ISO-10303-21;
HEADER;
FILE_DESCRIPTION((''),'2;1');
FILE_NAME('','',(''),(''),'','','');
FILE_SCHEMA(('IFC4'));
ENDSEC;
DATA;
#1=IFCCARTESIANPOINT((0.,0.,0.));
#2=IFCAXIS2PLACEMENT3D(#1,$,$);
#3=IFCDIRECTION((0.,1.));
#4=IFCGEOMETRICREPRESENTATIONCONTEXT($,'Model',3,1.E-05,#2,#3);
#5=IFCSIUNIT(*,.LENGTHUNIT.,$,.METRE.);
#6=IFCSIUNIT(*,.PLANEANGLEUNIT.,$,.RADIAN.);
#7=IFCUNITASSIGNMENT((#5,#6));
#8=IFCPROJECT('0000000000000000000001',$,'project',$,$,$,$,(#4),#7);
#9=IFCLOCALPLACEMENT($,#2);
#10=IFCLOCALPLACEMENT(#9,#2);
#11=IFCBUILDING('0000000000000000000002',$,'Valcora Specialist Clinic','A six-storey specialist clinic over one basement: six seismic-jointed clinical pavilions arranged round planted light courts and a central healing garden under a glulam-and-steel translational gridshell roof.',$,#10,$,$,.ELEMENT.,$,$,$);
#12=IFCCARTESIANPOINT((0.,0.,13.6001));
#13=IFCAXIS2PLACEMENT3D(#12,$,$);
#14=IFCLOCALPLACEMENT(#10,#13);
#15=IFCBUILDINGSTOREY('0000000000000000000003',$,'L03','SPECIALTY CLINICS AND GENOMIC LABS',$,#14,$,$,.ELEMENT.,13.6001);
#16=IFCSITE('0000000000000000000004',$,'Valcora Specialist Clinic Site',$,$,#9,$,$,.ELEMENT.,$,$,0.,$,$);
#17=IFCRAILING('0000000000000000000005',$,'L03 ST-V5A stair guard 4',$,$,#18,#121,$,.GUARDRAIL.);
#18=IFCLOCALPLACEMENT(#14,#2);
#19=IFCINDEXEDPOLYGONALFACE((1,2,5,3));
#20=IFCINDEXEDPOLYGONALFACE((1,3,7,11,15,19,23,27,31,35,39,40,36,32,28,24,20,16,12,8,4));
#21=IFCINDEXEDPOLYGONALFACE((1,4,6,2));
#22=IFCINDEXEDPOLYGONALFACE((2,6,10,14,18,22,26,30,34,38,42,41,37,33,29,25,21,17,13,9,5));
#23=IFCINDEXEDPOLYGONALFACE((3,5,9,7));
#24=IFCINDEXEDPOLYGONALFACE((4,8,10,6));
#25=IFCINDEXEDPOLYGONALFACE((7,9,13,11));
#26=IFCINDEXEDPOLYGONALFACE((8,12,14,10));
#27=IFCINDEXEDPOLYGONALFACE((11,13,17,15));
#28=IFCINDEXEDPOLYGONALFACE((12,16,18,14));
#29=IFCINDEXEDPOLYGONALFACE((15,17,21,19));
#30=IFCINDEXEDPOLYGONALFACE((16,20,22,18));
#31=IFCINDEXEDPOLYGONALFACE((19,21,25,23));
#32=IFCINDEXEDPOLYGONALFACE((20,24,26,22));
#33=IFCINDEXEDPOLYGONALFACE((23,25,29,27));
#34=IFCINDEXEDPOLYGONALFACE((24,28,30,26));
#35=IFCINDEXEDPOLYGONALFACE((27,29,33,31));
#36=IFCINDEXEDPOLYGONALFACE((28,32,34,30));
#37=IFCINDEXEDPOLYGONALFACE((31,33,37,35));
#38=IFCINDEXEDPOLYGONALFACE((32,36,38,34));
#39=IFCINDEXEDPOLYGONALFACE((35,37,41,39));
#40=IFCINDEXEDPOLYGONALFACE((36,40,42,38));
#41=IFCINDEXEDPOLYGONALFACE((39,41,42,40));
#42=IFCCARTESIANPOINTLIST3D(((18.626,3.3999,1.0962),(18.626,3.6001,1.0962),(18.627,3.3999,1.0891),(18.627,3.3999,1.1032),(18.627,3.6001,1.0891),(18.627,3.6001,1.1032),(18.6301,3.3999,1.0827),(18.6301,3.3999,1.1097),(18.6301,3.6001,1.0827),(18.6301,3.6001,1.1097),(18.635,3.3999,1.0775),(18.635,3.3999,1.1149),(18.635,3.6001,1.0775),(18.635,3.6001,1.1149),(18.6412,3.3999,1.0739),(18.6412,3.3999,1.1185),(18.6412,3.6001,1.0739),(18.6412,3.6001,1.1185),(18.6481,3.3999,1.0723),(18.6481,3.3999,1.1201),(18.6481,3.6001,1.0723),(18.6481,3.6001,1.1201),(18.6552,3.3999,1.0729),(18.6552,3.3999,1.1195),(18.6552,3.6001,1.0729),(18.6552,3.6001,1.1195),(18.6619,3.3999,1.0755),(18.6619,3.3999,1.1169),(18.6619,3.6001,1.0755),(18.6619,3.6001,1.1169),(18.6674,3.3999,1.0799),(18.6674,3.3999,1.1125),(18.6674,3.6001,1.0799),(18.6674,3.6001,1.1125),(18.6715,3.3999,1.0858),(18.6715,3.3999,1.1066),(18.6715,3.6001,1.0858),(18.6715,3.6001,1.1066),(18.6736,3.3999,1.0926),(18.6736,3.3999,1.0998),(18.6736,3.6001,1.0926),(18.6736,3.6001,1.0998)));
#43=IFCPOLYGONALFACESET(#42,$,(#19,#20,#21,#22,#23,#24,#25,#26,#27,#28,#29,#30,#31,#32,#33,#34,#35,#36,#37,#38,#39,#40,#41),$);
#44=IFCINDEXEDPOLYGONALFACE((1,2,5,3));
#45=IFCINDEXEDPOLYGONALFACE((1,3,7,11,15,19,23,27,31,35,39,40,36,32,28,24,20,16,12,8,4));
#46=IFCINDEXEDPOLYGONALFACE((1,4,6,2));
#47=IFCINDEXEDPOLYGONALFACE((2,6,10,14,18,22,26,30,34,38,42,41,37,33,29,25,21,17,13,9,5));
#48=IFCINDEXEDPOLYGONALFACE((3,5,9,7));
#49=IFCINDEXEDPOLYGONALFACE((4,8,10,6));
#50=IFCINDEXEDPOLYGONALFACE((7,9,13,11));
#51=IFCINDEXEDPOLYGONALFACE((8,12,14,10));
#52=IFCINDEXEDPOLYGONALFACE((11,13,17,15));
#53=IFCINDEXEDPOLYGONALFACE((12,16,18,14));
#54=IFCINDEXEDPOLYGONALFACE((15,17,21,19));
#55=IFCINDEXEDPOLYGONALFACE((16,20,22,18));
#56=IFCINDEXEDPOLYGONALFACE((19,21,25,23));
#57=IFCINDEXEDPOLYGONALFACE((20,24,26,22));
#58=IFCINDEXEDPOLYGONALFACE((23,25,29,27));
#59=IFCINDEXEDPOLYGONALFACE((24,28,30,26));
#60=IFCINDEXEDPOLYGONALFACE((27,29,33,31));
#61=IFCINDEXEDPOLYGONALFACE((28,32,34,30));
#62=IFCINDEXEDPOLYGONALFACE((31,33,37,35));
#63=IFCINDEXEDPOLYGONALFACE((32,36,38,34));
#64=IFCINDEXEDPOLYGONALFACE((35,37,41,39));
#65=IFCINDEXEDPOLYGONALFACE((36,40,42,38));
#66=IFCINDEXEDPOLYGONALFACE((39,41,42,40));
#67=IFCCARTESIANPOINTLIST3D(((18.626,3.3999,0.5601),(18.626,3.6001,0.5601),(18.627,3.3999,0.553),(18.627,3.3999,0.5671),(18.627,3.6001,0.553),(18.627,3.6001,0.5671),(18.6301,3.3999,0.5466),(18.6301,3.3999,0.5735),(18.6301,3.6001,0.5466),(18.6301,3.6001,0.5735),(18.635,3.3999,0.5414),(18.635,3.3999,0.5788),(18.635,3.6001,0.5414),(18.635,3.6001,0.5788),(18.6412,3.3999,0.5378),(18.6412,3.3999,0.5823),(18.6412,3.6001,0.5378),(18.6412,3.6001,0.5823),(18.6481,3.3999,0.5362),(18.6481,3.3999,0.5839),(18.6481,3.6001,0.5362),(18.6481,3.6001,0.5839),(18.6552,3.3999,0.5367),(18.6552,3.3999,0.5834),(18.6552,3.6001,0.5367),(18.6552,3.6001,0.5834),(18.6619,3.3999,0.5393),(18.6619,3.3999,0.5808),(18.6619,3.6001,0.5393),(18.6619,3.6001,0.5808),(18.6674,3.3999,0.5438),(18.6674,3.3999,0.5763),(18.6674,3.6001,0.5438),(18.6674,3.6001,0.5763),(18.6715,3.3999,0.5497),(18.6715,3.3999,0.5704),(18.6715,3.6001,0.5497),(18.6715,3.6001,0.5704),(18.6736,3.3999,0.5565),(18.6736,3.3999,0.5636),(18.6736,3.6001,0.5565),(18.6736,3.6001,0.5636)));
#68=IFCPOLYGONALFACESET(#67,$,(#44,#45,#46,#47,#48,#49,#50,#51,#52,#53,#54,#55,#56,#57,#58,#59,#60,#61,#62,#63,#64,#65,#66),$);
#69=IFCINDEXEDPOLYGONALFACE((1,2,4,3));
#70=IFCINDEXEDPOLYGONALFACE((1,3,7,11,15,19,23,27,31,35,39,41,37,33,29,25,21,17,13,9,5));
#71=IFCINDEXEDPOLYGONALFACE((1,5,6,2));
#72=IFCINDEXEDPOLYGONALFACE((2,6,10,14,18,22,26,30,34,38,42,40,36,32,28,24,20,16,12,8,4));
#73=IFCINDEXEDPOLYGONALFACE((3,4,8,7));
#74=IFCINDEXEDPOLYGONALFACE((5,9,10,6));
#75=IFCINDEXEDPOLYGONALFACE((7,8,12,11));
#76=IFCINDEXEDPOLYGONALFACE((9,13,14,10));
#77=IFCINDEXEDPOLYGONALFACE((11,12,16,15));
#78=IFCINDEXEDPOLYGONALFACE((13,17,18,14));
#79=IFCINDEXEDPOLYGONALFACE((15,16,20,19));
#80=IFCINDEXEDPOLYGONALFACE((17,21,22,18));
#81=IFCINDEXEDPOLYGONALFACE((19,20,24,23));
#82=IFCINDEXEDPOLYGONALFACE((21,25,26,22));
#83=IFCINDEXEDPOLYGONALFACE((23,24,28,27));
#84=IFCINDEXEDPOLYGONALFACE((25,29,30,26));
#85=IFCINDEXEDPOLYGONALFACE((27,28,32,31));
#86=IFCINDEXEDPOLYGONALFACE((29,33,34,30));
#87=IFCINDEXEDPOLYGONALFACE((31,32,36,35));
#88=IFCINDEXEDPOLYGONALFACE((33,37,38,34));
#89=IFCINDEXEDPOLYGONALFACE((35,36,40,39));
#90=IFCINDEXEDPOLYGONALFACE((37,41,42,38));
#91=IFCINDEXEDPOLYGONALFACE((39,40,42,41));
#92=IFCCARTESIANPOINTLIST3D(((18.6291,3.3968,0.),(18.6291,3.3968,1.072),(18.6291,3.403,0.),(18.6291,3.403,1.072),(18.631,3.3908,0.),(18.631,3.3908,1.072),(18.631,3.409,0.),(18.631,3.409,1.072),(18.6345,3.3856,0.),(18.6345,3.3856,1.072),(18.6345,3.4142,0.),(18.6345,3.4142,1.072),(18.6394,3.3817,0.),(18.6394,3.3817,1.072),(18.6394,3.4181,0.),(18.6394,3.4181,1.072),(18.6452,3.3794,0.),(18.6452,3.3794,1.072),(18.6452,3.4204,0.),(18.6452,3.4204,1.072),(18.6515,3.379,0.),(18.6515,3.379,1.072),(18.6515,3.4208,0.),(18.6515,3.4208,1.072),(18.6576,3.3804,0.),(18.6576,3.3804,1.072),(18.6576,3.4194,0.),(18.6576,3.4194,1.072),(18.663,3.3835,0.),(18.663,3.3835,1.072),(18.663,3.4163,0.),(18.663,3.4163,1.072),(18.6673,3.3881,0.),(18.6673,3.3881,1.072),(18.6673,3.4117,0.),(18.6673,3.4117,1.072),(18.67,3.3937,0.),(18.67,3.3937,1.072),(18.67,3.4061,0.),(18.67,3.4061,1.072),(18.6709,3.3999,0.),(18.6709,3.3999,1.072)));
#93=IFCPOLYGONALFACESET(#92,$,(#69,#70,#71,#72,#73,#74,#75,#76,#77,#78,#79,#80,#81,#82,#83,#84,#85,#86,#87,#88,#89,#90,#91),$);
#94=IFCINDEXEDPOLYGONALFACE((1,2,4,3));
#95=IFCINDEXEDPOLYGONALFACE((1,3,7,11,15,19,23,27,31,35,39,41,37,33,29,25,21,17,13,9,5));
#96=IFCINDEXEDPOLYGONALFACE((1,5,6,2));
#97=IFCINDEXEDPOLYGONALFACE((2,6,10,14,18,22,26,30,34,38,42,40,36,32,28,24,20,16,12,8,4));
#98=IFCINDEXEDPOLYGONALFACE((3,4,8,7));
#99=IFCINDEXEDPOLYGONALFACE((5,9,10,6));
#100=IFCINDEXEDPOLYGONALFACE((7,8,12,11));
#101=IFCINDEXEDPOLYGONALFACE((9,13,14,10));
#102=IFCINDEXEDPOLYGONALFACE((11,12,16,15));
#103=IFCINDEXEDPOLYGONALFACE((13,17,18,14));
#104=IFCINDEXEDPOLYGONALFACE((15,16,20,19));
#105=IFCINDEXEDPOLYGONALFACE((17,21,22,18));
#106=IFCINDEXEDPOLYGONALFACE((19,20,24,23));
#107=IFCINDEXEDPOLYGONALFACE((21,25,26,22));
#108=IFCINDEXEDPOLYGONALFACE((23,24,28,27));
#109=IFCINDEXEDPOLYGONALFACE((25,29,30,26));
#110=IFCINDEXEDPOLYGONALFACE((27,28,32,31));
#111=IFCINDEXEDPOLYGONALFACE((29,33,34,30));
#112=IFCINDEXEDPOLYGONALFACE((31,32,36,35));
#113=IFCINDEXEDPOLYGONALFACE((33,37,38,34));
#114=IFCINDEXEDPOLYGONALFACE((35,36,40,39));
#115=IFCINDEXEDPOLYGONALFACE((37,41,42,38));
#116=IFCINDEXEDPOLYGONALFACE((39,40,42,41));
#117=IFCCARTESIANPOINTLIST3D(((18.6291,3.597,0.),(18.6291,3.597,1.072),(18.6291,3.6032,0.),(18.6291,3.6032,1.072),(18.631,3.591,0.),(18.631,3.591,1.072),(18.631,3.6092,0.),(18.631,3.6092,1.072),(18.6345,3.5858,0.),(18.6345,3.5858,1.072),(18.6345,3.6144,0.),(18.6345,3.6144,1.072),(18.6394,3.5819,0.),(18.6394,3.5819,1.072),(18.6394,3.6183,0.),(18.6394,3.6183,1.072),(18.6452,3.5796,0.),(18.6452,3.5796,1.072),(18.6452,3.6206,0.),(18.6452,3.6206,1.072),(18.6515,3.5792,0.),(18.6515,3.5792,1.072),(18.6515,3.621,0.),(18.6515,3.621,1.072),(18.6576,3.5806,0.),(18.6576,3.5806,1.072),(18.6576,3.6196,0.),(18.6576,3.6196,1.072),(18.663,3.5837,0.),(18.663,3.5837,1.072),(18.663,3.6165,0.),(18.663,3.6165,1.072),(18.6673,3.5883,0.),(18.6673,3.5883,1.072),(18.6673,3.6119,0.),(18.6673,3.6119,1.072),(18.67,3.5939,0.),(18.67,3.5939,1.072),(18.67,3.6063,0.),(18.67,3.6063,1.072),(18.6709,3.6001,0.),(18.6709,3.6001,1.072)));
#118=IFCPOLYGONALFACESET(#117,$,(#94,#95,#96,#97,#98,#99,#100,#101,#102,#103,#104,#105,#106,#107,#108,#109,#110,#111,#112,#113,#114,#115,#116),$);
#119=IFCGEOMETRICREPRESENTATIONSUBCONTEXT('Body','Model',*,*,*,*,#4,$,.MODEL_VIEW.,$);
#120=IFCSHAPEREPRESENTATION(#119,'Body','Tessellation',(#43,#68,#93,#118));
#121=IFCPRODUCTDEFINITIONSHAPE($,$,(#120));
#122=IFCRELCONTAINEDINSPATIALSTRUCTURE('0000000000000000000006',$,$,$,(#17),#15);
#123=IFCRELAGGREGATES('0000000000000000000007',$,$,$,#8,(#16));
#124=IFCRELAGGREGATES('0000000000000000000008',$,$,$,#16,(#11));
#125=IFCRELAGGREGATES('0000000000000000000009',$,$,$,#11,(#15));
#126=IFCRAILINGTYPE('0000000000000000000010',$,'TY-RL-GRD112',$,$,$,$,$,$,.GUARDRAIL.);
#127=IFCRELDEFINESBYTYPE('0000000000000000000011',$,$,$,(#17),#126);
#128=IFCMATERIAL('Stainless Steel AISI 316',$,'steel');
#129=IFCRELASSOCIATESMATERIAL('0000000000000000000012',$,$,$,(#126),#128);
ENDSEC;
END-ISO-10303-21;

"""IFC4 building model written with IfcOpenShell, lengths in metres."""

from ifc_helpers import new_model, si_unit, direction, frame, origin, origin_2d, place, context, subcontext, project, spatial, circle, extrude, material, type_object, element, save


model = new_model("IFC4")

# Units and contexts
model_context = context("Model", 3, precision=1e-05, world=origin(), true_north=direction((0.0, 1.0)))
body_context = subcontext(model_context, "Body", "Model", "MODEL_VIEW")
ifc_project = project(units=[si_unit("LENGTHUNIT", "METRE"), si_unit("PLANEANGLEUNIT", "RADIAN")], contexts=[model_context])

# Site, building, storey
site_placement = place(None, origin())
site = spatial("IfcSite", under=ifc_project, at=site_placement, Name="Valcora Specialist Clinic Site", CompositionType="ELEMENT", RefElevation=0.0)
building_placement = place(site_placement, origin())
building = spatial("IfcBuilding", under=site, at=building_placement, Name="Valcora Specialist Clinic", Description="A six-storey specialist clinic over one basement: six seismic-jointed clinical pavilions arranged round planted light courts and a central healing garden under a glulam-and-steel translational gridshell roof.", CompositionType="ELEMENT")
storey_placement = place(building_placement, frame((0.0, 0.0, 13.6001)))
storey = spatial("IfcBuildingStorey", under=building, at=storey_placement, Name="L03", Description="SPECIALTY CLINICS AND GENOMIC LABS", CompositionType="ELEMENT", Elevation=13.6001)

# Railing
ifc_material_1 = material(Name="Stainless Steel AISI 316", Category="steel")
railing_type_1 = type_object("IfcRailingType", Name="TY-RL-GRD112", PredefinedType="GUARDRAIL", material=ifc_material_1)
railing_1_placement = place(storey_placement, frame((18.6499, 3.3999, 0.0)))
element("IfcRailing", 1, at=railing_1_placement, inside=storey, type_object=railing_type_1, Name="L03 ST-V5A stair guard 4", PredefinedType="GUARDRAIL", context=body_context, shape_type="SweptSolid", body=[
    extrude(circle(Radius=0.0239, at=origin_2d()), frame((0.0, 0.0, 1.0962), z_axis=(0.0, 1.0, 0.0), x_axis=(-1.0, 0.0, 0.0)), (0.0, 0.0, 1.0), 0.2002),
    extrude(circle(Radius=0.0239, at=origin_2d()), frame((0.0, 0.0, 0.5601), z_axis=(0.0, 1.0, 0.0), x_axis=(-1.0, 0.0, 0.0)), (0.0, 0.0, 1.0), 0.2002),
    extrude(circle(Radius=0.021, at=origin_2d()), origin(), (0.0, 0.0, 1.0), 1.072),
    extrude(circle(Radius=0.021, at=origin_2d()), frame((0.0, 0.2002, 0.0)), (0.0, 0.0, 1.0), 1.072),
])

save(model, "model.ifc")
